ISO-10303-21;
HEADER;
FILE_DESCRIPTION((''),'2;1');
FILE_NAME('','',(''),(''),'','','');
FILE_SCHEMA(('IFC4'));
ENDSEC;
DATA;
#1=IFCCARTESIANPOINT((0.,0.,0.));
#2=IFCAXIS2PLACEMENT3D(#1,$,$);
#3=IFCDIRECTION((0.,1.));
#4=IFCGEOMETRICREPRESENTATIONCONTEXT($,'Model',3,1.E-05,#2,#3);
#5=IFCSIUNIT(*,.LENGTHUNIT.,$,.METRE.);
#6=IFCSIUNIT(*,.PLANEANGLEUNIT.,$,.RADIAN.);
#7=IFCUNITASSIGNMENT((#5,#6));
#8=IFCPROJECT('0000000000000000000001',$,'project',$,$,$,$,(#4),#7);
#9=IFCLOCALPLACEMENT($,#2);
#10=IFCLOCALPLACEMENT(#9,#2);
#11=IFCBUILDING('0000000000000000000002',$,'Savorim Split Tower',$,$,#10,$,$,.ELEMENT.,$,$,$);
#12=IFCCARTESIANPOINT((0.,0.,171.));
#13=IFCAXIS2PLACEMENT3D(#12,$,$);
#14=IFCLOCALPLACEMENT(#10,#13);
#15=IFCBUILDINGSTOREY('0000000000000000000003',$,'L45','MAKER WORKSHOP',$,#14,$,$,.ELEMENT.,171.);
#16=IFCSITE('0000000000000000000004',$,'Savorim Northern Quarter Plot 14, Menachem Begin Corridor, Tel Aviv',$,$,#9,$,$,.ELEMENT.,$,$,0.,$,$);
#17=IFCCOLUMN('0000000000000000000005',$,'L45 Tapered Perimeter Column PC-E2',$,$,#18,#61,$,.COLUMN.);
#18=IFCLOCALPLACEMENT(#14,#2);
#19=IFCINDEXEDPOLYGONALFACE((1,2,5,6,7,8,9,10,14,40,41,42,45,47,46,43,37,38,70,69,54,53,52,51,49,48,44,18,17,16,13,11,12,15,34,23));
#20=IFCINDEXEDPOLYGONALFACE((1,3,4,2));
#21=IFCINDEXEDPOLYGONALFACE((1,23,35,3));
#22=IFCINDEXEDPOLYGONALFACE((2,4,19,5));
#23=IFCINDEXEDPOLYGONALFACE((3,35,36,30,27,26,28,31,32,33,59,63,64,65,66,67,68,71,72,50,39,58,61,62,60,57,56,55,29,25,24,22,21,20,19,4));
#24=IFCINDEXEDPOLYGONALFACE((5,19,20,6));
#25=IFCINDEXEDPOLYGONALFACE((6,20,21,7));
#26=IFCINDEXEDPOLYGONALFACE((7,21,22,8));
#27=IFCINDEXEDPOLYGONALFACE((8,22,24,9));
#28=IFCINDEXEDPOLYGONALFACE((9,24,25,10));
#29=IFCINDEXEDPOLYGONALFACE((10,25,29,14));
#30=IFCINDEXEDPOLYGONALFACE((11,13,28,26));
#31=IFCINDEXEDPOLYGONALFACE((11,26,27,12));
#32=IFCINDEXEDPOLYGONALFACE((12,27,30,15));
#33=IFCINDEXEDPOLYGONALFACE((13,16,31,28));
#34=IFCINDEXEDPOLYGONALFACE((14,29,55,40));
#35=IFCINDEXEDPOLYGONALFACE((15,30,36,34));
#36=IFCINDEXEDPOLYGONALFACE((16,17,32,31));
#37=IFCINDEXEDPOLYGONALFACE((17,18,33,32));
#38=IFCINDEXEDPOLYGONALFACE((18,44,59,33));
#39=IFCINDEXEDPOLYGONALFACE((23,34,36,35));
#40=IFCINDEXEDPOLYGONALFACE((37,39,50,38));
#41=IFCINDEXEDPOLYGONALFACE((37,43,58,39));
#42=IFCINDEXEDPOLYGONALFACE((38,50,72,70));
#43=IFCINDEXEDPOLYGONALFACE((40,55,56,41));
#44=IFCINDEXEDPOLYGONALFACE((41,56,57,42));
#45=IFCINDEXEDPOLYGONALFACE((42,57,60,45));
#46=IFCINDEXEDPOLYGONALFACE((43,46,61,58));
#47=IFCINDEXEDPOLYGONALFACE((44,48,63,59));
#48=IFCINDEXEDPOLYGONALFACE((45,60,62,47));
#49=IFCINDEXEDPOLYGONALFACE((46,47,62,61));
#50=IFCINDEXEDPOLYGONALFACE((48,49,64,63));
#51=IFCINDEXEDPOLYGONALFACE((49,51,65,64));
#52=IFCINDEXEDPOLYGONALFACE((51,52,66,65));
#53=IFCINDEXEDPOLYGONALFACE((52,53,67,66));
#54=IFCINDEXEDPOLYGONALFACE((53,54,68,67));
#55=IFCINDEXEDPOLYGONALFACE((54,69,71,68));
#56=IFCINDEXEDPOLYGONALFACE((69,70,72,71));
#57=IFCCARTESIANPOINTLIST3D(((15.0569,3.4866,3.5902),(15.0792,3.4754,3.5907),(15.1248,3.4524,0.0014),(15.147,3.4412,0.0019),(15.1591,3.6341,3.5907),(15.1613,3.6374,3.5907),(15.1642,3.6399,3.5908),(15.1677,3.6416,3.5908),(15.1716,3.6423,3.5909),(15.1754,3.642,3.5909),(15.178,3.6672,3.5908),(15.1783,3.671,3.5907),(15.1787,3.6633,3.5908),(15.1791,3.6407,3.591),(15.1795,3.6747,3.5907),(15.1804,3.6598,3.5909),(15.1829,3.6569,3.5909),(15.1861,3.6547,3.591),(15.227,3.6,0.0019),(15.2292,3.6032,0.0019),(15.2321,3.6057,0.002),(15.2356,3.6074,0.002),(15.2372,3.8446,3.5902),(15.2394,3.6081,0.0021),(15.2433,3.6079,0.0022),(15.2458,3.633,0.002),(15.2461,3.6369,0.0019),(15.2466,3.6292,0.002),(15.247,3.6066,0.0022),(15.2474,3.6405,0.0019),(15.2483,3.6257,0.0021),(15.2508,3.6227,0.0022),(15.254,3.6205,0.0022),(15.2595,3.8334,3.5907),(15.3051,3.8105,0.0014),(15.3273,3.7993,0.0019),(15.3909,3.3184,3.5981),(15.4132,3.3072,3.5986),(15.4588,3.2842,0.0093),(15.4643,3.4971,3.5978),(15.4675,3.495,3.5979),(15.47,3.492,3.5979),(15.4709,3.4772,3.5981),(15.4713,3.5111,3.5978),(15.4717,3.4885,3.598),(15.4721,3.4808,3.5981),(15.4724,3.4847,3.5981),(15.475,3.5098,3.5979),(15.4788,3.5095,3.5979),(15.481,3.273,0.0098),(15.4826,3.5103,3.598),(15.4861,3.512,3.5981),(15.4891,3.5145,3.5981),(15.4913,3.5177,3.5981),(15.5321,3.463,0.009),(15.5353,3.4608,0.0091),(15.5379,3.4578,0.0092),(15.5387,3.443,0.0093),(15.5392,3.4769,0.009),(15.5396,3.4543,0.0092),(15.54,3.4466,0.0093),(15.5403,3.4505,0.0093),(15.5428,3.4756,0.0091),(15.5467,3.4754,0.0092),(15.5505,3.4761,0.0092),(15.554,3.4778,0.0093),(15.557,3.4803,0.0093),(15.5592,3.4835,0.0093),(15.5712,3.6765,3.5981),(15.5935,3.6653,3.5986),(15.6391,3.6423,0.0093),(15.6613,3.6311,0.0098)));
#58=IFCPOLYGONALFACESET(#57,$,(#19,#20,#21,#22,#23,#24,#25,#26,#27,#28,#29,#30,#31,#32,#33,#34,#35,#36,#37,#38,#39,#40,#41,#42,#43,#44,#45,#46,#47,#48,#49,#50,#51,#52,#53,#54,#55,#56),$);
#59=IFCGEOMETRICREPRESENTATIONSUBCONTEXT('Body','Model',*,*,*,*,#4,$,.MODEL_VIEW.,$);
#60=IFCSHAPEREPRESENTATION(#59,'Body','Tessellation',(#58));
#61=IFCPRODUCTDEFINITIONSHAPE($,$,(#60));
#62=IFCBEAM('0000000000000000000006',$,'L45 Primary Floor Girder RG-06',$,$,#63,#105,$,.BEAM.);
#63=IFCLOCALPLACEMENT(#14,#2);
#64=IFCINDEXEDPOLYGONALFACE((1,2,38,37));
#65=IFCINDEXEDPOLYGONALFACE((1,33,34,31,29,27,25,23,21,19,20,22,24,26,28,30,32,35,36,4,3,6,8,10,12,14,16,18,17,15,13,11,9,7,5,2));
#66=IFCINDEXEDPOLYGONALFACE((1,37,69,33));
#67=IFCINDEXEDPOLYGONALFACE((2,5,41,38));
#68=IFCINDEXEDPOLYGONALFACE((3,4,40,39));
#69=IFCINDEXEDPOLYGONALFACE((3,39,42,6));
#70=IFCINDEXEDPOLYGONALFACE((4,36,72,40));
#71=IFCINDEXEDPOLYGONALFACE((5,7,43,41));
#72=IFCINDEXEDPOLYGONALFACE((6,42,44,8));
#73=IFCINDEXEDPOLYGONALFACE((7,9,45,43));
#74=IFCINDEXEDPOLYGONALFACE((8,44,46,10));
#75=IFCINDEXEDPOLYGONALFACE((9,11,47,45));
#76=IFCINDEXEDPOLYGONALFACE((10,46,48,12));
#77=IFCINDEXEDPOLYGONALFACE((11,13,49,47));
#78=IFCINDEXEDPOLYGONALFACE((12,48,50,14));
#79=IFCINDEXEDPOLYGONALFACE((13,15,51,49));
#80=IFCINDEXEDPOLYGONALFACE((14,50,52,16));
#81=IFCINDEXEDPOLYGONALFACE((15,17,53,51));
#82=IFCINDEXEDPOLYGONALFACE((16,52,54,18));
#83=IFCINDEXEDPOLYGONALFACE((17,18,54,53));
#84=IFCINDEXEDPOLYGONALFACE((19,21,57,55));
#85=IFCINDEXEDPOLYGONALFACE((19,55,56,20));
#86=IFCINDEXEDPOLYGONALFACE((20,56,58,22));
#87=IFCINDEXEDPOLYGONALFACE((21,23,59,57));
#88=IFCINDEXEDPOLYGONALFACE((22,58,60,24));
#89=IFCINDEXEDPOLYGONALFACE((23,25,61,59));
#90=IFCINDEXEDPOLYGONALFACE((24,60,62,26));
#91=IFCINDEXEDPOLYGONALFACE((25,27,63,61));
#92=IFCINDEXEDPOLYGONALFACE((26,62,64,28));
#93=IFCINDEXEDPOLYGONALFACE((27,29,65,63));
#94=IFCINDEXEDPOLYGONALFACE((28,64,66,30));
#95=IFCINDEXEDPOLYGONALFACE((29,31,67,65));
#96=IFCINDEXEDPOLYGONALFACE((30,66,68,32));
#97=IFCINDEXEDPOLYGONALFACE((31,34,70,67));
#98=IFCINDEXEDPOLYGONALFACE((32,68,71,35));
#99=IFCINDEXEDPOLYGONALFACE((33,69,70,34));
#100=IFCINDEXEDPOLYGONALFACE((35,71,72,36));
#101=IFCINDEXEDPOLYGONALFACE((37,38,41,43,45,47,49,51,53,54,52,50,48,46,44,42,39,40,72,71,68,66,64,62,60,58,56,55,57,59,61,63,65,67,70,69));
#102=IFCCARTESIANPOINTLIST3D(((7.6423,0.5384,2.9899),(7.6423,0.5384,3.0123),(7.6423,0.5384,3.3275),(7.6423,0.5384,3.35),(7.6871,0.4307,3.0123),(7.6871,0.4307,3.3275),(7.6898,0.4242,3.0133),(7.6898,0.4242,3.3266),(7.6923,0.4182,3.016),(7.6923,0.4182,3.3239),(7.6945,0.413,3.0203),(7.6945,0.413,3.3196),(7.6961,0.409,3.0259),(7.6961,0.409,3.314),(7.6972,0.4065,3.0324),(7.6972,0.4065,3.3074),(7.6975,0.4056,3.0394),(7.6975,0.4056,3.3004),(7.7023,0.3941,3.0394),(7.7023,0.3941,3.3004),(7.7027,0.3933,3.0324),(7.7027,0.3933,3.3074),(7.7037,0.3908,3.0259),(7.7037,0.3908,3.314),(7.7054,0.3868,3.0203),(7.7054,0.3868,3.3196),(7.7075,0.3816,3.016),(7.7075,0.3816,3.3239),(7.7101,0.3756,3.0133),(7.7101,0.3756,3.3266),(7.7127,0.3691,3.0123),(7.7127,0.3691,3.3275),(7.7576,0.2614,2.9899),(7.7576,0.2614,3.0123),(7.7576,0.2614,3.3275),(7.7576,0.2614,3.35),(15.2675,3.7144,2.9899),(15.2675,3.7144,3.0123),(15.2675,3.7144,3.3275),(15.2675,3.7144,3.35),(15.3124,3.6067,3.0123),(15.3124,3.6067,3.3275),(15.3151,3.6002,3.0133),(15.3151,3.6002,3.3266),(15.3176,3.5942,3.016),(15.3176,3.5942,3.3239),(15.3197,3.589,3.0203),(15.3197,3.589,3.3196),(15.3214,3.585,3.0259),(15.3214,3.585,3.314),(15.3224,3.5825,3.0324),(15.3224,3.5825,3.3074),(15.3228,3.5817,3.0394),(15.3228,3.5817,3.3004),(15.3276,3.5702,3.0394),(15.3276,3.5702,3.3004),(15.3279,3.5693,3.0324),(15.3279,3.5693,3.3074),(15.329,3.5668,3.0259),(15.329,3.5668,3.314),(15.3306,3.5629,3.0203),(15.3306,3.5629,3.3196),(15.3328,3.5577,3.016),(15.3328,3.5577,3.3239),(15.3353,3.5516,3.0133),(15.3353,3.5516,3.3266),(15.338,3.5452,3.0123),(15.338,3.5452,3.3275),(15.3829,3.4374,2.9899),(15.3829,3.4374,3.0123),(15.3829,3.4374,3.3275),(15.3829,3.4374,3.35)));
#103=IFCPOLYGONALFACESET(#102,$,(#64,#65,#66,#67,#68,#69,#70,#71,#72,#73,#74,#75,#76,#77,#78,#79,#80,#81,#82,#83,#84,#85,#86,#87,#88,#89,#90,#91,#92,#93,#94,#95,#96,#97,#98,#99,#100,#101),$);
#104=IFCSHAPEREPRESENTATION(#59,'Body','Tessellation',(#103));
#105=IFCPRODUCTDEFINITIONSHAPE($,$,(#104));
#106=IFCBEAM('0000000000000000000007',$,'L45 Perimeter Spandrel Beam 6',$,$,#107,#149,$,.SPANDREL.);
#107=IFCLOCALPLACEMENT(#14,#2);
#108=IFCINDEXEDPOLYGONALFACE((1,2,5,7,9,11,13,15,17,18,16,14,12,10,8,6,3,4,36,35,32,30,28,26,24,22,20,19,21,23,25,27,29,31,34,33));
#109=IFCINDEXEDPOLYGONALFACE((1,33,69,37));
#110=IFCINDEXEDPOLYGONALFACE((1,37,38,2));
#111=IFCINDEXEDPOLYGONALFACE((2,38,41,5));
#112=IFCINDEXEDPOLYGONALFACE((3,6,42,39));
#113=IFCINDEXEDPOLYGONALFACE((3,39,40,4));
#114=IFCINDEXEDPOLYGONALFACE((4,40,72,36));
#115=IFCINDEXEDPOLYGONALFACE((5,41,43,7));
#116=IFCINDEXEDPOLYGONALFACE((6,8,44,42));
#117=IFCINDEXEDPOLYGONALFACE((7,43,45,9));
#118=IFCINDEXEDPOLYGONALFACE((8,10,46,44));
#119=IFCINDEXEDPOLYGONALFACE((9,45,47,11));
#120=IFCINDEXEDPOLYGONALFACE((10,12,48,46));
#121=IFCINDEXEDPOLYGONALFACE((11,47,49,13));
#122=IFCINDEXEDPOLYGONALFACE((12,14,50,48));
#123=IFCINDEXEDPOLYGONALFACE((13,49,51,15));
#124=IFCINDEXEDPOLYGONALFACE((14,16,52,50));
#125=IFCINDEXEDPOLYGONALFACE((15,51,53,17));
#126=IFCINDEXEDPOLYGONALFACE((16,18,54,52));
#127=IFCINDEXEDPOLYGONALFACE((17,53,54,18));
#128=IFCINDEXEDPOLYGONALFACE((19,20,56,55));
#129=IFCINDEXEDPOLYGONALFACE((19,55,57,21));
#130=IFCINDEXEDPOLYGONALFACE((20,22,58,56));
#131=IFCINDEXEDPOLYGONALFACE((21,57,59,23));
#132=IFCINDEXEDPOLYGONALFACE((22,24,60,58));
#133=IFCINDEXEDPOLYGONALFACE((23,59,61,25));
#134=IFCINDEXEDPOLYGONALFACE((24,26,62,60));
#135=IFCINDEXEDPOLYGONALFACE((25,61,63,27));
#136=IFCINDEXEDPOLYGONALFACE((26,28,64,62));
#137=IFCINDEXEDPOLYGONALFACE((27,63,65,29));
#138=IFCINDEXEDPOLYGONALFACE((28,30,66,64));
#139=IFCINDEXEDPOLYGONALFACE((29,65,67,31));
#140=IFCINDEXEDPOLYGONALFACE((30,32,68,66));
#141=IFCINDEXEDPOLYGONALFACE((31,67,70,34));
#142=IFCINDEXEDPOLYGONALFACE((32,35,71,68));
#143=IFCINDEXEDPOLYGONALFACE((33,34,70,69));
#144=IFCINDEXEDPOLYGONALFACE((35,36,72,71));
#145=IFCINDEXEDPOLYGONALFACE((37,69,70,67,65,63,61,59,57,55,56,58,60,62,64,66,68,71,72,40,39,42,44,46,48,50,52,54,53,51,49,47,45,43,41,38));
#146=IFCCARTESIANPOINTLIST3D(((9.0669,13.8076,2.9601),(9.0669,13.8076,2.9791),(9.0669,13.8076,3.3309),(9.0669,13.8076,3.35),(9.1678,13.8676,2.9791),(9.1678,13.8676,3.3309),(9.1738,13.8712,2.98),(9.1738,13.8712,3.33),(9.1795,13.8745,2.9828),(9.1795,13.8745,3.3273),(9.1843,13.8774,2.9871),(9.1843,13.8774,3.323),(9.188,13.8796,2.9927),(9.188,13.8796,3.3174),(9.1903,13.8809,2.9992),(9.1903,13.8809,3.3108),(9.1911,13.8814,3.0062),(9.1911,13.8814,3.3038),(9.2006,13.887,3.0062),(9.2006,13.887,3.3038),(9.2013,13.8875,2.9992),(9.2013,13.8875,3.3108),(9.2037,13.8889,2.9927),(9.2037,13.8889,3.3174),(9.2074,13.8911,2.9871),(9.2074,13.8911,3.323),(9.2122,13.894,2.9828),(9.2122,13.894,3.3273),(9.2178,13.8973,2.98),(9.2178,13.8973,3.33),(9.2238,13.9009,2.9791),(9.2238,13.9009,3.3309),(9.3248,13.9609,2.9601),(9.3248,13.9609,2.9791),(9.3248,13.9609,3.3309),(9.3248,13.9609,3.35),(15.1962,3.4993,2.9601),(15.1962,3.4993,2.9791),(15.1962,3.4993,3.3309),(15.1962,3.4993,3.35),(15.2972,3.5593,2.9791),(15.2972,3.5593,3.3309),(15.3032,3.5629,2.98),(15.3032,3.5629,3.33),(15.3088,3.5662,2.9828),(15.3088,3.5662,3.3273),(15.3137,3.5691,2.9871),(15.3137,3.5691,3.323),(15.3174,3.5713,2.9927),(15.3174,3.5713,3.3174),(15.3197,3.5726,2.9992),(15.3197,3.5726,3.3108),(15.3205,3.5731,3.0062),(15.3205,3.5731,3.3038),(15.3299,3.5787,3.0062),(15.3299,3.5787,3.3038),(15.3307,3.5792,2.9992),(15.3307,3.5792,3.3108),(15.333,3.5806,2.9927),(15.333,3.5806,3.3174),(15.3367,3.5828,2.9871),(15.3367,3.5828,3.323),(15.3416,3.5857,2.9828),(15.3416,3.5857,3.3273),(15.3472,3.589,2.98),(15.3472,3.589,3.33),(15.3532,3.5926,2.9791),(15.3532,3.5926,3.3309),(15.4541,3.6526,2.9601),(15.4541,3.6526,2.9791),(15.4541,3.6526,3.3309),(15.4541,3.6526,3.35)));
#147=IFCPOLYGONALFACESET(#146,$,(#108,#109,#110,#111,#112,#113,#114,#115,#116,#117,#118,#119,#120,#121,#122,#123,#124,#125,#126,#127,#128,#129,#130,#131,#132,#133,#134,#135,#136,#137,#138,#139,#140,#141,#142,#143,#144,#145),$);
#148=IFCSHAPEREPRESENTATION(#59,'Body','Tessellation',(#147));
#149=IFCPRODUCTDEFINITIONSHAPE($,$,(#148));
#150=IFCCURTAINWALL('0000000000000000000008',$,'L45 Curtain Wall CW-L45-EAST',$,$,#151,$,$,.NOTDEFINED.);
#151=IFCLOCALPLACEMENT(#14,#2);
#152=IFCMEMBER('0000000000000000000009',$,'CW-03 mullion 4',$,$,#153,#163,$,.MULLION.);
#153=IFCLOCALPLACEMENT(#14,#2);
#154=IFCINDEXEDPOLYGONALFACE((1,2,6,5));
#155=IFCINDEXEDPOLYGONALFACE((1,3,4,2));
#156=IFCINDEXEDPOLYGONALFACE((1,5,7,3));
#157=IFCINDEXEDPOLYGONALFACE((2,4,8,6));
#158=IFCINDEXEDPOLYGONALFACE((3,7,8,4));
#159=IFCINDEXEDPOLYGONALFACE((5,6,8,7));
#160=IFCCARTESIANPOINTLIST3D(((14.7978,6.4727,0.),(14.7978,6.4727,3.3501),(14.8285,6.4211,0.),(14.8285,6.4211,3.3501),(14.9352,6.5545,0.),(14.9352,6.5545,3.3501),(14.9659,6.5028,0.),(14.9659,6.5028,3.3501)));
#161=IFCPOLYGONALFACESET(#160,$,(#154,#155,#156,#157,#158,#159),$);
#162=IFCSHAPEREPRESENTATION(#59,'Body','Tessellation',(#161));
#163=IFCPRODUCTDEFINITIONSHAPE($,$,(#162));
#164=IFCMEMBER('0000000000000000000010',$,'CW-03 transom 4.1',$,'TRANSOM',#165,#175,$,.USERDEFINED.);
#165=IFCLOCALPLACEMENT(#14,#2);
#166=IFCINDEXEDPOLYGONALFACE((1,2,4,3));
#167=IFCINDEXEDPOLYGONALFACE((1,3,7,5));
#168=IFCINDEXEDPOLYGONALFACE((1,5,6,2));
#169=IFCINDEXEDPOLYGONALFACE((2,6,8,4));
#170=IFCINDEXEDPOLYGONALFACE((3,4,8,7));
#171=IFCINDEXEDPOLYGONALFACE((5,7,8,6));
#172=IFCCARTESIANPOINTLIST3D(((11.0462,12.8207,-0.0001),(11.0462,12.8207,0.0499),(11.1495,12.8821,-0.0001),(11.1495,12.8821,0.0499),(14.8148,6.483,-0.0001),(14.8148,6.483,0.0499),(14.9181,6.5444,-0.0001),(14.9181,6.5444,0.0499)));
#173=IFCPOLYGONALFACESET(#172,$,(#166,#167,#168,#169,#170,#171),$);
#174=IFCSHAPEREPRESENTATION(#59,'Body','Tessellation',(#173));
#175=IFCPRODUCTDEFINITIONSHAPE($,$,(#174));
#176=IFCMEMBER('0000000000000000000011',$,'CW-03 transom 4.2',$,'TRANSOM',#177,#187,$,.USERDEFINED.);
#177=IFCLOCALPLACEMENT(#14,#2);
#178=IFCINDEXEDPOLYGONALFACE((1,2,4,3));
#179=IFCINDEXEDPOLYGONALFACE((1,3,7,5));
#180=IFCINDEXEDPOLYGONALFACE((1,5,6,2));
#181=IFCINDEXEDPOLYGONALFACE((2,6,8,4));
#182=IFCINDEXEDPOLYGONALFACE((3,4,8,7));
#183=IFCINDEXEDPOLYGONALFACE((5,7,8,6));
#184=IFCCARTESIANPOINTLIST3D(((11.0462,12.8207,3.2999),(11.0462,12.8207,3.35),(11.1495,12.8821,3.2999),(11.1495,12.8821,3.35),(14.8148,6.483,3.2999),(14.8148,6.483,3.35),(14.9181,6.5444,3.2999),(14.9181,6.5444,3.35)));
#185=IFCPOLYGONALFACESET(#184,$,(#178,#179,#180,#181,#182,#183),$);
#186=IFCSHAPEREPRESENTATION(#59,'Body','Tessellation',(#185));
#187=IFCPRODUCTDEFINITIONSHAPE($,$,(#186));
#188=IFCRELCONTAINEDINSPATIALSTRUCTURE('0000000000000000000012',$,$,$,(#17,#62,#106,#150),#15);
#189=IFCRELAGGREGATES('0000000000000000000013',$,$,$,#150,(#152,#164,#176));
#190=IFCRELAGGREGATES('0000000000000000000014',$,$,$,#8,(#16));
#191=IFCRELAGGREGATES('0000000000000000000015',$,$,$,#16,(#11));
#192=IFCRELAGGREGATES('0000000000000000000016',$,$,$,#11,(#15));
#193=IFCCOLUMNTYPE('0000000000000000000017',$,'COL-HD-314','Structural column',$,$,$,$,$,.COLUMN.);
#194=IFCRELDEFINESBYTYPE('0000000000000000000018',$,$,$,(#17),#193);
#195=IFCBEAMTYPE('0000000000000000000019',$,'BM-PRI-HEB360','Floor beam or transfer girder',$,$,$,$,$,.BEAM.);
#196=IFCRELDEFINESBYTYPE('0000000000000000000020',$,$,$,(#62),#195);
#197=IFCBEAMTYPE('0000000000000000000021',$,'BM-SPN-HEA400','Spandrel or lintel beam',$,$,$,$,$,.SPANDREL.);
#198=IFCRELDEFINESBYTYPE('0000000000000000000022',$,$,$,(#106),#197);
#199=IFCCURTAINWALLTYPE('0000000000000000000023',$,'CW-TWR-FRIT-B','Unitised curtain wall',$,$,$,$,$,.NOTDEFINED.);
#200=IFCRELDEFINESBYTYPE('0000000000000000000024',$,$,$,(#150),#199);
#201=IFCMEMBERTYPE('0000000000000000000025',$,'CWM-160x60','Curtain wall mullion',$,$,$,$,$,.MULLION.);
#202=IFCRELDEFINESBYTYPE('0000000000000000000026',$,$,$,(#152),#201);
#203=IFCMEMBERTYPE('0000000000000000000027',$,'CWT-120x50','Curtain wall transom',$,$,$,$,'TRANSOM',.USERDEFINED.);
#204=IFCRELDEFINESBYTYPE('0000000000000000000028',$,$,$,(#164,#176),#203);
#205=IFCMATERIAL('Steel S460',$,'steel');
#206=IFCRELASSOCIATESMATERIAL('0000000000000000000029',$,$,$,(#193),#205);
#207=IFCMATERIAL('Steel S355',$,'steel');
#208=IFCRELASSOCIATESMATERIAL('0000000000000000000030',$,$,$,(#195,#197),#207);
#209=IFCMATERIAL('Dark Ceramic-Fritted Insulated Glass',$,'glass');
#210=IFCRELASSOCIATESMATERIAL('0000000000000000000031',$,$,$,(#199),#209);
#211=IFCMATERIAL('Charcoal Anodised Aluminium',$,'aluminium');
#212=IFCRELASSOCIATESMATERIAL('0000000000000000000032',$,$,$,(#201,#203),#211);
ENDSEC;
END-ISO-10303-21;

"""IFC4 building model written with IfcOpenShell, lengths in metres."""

from ifc_helpers import new_model, si_unit, direction, frame, origin, origin_2d, place, context, subcontext, project, spatial, rectangle, i_section, extrude, material, material_profile, profile_set, type_object, element, aggregate, save


model = new_model("IFC4")

# Units and contexts
model_context = context("Model", 3, precision=1e-05, world=origin(), true_north=direction((0.0, 1.0)))
body_context = subcontext(model_context, "Body", "Model", "MODEL_VIEW")
ifc_project = project(units=[si_unit("LENGTHUNIT", "METRE"), si_unit("PLANEANGLEUNIT", "RADIAN")], contexts=[model_context])

# Site, building, storey
site_placement = place(None, origin())
site = spatial("IfcSite", under=ifc_project, at=site_placement, Name="Savorim Northern Quarter Plot 14, Menachem Begin Corridor, Tel Aviv", CompositionType="ELEMENT", RefElevation=0.0)
building_placement = place(site_placement, origin())
building = spatial("IfcBuilding", under=site, at=building_placement, Name="Savorim Split Tower", CompositionType="ELEMENT")
storey_placement = place(building_placement, frame((0.0, 0.0, 171.0)))
storey = spatial("IfcBuildingStorey", under=building, at=storey_placement, Name="L45", Description="MAKER WORKSHOP", CompositionType="ELEMENT", Elevation=171.0)

# Column
ifc_material_1 = material(Name="Steel S460", Category="steel")
ifc_material_profile_1 = material_profile(ifc_material_1, i_section(OverallWidth=0.4009, OverallDepth=0.3989, WebThickness=0.0156, FlangeThickness=0.0249, FilletRadius=0.0149, at=origin_2d()), Name="HD 400x314")
ifc_profile_set_1 = profile_set([ifc_material_profile_1], Name="Steel S460")
column_type = type_object("IfcColumnType", Name="COL-HD-314", Description="Structural column", PredefinedType="COLUMN", material=ifc_profile_set_1)
column_placement = place(storey_placement, frame((15.3931, 3.5417, 0.0056), z_axis=(-0.018907, 0.009522, 0.999776), x_axis=(-0.449782, -0.893138, 0.0)))
element("IfcColumn", 1, at=column_placement, inside=storey, type_object=column_type, Name="L45 Tapered Perimeter Column PC-E2", PredefinedType="COLUMN", context=body_context, shape_type="SweptSolid", body=[
    extrude(i_section(OverallWidth=0.4009, OverallDepth=0.3989, WebThickness=0.0156, FlangeThickness=0.0249, FilletRadius=0.0149, at=origin_2d()), origin(), (0.0, 0.0, 1.0), 3.5896),
])

# Beams
ifc_material_2 = material(Name="Steel S355", Category="steel")
ifc_material_profile_2 = material_profile(ifc_material_2, i_section(OverallWidth=0.3, OverallDepth=0.3601, WebThickness=0.0125, FlangeThickness=0.0225, FilletRadius=0.0271, at=origin_2d()), Name="HEB 360")
ifc_profile_set_2 = profile_set([ifc_material_profile_2], Name="Steel S355")
beam_type_1 = type_object("IfcBeamType", Name="BM-PRI-HEB360", Description="Floor beam or transfer girder", PredefinedType="BEAM", material=ifc_profile_set_2)
beam_1_placement = place(storey_placement, frame((15.3252, 3.5759, 3.1699), z_axis=(-0.923127, -0.384496, 0.0), x_axis=(0.384496, -0.923127, 0.0)))
element("IfcBeam", 2, at=beam_1_placement, inside=storey, type_object=beam_type_1, Name="L45 Primary Floor Girder RG-06", PredefinedType="BEAM", context=body_context, shape_type="SweptSolid", body=[
    extrude(i_section(OverallWidth=0.3, OverallDepth=0.3601, WebThickness=0.0125, FlangeThickness=0.0225, FilletRadius=0.0271, at=origin_2d()), origin(), (0.0, 0.0, 1.0), 8.2603),
])
ifc_material_profile_3 = material_profile(ifc_material_2, i_section(OverallWidth=0.3, OverallDepth=0.3899, WebThickness=0.011, FlangeThickness=0.019, FilletRadius=0.0271, at=origin_2d()), Name="HEA 400")
ifc_profile_set_3 = profile_set([ifc_material_profile_3], Name="Steel S355")
beam_type_2 = type_object("IfcBeamType", Name="BM-SPN-HEA400", Description="Spandrel or lintel beam", PredefinedType="SPANDREL", material=ifc_profile_set_3)
beam_2_placement = place(storey_placement, frame((15.3252, 3.5759, 3.155), z_axis=(-0.511082, 0.859532, 0.0), x_axis=(-0.859532, -0.511082, 0.0)))
element("IfcBeam", 3, at=beam_2_placement, inside=storey, type_object=beam_type_2, Name="L45 Perimeter Spandrel Beam 6", PredefinedType="SPANDREL", context=body_context, shape_type="SweptSolid", body=[
    extrude(i_section(OverallWidth=0.3, OverallDepth=0.3899, WebThickness=0.011, FlangeThickness=0.019, FilletRadius=0.0271, at=origin_2d()), origin(), (0.0, 0.0, 1.0), 11.9929),
])

# Curtain wall, members
ifc_material_3 = material(Name="Dark Ceramic-Fritted Insulated Glass", Category="glass")
curtain_wall_type = type_object("IfcCurtainWallType", Name="CW-TWR-FRIT-B", Description="Unitised curtain wall", PredefinedType="NOTDEFINED", material=ifc_material_3)
curtain_wall_placement = place(storey_placement, origin())
curtain_wall = element("IfcCurtainWall", 4, at=curtain_wall_placement, inside=storey, type_object=curtain_wall_type, Name="L45 Curtain Wall CW-L45-EAST", PredefinedType="NOTDEFINED")
ifc_material_4 = material(Name="Charcoal Anodised Aluminium", Category="aluminium")
ifc_material_profile_4 = material_profile(ifc_material_4, rectangle(XDim=0.1599, YDim=0.0601, at=origin_2d()), Name="ALU-M 160x60")
ifc_profile_set_4 = profile_set([ifc_material_profile_4], Name="Charcoal Anodised Aluminium")
member_type_1 = type_object("IfcMemberType", Name="CWM-160x60", Description="Curtain wall mullion", PredefinedType="MULLION", material=ifc_profile_set_4)
member_1_placement = place(storey_placement, frame((14.8818, 6.4878, 0.0), z_axis=(0.0, 0.0, 1.0), x_axis=(-0.859525, -0.511094, 0.0)))
member_1 = element("IfcMember", 5, at=member_1_placement, type_object=member_type_1, Name="CW-03 mullion 4", PredefinedType="MULLION", context=body_context, shape_type="SweptSolid", body=[
    extrude(rectangle(XDim=0.1599, YDim=0.0601, at=origin_2d()), origin(), (0.0, 0.0, 1.0), 3.3501),
])
ifc_material_profile_5 = material_profile(ifc_material_4, rectangle(XDim=0.1201, YDim=0.05, at=origin_2d()), Name="ALU-T 120x50")
ifc_profile_set_5 = profile_set([ifc_material_profile_5], Name="Charcoal Anodised Aluminium")
member_type_2 = type_object("IfcMemberType", Name="CWT-120x50", Description="Curtain wall transom", ElementType="TRANSOM", PredefinedType="USERDEFINED", material=ifc_profile_set_5)
member_2_placement = place(storey_placement, frame((14.8665, 6.5137, 0.0249), z_axis=(-0.511098, 0.859523, 0.0), x_axis=(-0.859523, -0.511098, 0.0)))
member_2 = element("IfcMember", 6, at=member_2_placement, type_object=member_type_2, Name="CW-03 transom 4.1", ObjectType="TRANSOM", PredefinedType="USERDEFINED", context=body_context, shape_type="SweptSolid", body=[
    extrude(rectangle(XDim=0.1201, YDim=0.05, at=origin_2d()), origin(), (0.0, 0.0, 1.0), 7.3735),
])
member_3_placement = place(storey_placement, frame((14.8665, 6.5137, 3.325), z_axis=(-0.511098, 0.859523, 0.0), x_axis=(-0.859523, -0.511098, 0.0)))
member_3 = element("IfcMember", 7, at=member_3_placement, type_object=member_type_2, Name="CW-03 transom 4.2", ObjectType="TRANSOM", PredefinedType="USERDEFINED", context=body_context, shape_type="SweptSolid", body=[
    extrude(rectangle(XDim=0.1201, YDim=0.05, at=origin_2d()), origin(), (0.0, 0.0, 1.0), 7.3735),
])
aggregate(curtain_wall, [member_1, member_2, member_3])

save(model, "model.ifc")
